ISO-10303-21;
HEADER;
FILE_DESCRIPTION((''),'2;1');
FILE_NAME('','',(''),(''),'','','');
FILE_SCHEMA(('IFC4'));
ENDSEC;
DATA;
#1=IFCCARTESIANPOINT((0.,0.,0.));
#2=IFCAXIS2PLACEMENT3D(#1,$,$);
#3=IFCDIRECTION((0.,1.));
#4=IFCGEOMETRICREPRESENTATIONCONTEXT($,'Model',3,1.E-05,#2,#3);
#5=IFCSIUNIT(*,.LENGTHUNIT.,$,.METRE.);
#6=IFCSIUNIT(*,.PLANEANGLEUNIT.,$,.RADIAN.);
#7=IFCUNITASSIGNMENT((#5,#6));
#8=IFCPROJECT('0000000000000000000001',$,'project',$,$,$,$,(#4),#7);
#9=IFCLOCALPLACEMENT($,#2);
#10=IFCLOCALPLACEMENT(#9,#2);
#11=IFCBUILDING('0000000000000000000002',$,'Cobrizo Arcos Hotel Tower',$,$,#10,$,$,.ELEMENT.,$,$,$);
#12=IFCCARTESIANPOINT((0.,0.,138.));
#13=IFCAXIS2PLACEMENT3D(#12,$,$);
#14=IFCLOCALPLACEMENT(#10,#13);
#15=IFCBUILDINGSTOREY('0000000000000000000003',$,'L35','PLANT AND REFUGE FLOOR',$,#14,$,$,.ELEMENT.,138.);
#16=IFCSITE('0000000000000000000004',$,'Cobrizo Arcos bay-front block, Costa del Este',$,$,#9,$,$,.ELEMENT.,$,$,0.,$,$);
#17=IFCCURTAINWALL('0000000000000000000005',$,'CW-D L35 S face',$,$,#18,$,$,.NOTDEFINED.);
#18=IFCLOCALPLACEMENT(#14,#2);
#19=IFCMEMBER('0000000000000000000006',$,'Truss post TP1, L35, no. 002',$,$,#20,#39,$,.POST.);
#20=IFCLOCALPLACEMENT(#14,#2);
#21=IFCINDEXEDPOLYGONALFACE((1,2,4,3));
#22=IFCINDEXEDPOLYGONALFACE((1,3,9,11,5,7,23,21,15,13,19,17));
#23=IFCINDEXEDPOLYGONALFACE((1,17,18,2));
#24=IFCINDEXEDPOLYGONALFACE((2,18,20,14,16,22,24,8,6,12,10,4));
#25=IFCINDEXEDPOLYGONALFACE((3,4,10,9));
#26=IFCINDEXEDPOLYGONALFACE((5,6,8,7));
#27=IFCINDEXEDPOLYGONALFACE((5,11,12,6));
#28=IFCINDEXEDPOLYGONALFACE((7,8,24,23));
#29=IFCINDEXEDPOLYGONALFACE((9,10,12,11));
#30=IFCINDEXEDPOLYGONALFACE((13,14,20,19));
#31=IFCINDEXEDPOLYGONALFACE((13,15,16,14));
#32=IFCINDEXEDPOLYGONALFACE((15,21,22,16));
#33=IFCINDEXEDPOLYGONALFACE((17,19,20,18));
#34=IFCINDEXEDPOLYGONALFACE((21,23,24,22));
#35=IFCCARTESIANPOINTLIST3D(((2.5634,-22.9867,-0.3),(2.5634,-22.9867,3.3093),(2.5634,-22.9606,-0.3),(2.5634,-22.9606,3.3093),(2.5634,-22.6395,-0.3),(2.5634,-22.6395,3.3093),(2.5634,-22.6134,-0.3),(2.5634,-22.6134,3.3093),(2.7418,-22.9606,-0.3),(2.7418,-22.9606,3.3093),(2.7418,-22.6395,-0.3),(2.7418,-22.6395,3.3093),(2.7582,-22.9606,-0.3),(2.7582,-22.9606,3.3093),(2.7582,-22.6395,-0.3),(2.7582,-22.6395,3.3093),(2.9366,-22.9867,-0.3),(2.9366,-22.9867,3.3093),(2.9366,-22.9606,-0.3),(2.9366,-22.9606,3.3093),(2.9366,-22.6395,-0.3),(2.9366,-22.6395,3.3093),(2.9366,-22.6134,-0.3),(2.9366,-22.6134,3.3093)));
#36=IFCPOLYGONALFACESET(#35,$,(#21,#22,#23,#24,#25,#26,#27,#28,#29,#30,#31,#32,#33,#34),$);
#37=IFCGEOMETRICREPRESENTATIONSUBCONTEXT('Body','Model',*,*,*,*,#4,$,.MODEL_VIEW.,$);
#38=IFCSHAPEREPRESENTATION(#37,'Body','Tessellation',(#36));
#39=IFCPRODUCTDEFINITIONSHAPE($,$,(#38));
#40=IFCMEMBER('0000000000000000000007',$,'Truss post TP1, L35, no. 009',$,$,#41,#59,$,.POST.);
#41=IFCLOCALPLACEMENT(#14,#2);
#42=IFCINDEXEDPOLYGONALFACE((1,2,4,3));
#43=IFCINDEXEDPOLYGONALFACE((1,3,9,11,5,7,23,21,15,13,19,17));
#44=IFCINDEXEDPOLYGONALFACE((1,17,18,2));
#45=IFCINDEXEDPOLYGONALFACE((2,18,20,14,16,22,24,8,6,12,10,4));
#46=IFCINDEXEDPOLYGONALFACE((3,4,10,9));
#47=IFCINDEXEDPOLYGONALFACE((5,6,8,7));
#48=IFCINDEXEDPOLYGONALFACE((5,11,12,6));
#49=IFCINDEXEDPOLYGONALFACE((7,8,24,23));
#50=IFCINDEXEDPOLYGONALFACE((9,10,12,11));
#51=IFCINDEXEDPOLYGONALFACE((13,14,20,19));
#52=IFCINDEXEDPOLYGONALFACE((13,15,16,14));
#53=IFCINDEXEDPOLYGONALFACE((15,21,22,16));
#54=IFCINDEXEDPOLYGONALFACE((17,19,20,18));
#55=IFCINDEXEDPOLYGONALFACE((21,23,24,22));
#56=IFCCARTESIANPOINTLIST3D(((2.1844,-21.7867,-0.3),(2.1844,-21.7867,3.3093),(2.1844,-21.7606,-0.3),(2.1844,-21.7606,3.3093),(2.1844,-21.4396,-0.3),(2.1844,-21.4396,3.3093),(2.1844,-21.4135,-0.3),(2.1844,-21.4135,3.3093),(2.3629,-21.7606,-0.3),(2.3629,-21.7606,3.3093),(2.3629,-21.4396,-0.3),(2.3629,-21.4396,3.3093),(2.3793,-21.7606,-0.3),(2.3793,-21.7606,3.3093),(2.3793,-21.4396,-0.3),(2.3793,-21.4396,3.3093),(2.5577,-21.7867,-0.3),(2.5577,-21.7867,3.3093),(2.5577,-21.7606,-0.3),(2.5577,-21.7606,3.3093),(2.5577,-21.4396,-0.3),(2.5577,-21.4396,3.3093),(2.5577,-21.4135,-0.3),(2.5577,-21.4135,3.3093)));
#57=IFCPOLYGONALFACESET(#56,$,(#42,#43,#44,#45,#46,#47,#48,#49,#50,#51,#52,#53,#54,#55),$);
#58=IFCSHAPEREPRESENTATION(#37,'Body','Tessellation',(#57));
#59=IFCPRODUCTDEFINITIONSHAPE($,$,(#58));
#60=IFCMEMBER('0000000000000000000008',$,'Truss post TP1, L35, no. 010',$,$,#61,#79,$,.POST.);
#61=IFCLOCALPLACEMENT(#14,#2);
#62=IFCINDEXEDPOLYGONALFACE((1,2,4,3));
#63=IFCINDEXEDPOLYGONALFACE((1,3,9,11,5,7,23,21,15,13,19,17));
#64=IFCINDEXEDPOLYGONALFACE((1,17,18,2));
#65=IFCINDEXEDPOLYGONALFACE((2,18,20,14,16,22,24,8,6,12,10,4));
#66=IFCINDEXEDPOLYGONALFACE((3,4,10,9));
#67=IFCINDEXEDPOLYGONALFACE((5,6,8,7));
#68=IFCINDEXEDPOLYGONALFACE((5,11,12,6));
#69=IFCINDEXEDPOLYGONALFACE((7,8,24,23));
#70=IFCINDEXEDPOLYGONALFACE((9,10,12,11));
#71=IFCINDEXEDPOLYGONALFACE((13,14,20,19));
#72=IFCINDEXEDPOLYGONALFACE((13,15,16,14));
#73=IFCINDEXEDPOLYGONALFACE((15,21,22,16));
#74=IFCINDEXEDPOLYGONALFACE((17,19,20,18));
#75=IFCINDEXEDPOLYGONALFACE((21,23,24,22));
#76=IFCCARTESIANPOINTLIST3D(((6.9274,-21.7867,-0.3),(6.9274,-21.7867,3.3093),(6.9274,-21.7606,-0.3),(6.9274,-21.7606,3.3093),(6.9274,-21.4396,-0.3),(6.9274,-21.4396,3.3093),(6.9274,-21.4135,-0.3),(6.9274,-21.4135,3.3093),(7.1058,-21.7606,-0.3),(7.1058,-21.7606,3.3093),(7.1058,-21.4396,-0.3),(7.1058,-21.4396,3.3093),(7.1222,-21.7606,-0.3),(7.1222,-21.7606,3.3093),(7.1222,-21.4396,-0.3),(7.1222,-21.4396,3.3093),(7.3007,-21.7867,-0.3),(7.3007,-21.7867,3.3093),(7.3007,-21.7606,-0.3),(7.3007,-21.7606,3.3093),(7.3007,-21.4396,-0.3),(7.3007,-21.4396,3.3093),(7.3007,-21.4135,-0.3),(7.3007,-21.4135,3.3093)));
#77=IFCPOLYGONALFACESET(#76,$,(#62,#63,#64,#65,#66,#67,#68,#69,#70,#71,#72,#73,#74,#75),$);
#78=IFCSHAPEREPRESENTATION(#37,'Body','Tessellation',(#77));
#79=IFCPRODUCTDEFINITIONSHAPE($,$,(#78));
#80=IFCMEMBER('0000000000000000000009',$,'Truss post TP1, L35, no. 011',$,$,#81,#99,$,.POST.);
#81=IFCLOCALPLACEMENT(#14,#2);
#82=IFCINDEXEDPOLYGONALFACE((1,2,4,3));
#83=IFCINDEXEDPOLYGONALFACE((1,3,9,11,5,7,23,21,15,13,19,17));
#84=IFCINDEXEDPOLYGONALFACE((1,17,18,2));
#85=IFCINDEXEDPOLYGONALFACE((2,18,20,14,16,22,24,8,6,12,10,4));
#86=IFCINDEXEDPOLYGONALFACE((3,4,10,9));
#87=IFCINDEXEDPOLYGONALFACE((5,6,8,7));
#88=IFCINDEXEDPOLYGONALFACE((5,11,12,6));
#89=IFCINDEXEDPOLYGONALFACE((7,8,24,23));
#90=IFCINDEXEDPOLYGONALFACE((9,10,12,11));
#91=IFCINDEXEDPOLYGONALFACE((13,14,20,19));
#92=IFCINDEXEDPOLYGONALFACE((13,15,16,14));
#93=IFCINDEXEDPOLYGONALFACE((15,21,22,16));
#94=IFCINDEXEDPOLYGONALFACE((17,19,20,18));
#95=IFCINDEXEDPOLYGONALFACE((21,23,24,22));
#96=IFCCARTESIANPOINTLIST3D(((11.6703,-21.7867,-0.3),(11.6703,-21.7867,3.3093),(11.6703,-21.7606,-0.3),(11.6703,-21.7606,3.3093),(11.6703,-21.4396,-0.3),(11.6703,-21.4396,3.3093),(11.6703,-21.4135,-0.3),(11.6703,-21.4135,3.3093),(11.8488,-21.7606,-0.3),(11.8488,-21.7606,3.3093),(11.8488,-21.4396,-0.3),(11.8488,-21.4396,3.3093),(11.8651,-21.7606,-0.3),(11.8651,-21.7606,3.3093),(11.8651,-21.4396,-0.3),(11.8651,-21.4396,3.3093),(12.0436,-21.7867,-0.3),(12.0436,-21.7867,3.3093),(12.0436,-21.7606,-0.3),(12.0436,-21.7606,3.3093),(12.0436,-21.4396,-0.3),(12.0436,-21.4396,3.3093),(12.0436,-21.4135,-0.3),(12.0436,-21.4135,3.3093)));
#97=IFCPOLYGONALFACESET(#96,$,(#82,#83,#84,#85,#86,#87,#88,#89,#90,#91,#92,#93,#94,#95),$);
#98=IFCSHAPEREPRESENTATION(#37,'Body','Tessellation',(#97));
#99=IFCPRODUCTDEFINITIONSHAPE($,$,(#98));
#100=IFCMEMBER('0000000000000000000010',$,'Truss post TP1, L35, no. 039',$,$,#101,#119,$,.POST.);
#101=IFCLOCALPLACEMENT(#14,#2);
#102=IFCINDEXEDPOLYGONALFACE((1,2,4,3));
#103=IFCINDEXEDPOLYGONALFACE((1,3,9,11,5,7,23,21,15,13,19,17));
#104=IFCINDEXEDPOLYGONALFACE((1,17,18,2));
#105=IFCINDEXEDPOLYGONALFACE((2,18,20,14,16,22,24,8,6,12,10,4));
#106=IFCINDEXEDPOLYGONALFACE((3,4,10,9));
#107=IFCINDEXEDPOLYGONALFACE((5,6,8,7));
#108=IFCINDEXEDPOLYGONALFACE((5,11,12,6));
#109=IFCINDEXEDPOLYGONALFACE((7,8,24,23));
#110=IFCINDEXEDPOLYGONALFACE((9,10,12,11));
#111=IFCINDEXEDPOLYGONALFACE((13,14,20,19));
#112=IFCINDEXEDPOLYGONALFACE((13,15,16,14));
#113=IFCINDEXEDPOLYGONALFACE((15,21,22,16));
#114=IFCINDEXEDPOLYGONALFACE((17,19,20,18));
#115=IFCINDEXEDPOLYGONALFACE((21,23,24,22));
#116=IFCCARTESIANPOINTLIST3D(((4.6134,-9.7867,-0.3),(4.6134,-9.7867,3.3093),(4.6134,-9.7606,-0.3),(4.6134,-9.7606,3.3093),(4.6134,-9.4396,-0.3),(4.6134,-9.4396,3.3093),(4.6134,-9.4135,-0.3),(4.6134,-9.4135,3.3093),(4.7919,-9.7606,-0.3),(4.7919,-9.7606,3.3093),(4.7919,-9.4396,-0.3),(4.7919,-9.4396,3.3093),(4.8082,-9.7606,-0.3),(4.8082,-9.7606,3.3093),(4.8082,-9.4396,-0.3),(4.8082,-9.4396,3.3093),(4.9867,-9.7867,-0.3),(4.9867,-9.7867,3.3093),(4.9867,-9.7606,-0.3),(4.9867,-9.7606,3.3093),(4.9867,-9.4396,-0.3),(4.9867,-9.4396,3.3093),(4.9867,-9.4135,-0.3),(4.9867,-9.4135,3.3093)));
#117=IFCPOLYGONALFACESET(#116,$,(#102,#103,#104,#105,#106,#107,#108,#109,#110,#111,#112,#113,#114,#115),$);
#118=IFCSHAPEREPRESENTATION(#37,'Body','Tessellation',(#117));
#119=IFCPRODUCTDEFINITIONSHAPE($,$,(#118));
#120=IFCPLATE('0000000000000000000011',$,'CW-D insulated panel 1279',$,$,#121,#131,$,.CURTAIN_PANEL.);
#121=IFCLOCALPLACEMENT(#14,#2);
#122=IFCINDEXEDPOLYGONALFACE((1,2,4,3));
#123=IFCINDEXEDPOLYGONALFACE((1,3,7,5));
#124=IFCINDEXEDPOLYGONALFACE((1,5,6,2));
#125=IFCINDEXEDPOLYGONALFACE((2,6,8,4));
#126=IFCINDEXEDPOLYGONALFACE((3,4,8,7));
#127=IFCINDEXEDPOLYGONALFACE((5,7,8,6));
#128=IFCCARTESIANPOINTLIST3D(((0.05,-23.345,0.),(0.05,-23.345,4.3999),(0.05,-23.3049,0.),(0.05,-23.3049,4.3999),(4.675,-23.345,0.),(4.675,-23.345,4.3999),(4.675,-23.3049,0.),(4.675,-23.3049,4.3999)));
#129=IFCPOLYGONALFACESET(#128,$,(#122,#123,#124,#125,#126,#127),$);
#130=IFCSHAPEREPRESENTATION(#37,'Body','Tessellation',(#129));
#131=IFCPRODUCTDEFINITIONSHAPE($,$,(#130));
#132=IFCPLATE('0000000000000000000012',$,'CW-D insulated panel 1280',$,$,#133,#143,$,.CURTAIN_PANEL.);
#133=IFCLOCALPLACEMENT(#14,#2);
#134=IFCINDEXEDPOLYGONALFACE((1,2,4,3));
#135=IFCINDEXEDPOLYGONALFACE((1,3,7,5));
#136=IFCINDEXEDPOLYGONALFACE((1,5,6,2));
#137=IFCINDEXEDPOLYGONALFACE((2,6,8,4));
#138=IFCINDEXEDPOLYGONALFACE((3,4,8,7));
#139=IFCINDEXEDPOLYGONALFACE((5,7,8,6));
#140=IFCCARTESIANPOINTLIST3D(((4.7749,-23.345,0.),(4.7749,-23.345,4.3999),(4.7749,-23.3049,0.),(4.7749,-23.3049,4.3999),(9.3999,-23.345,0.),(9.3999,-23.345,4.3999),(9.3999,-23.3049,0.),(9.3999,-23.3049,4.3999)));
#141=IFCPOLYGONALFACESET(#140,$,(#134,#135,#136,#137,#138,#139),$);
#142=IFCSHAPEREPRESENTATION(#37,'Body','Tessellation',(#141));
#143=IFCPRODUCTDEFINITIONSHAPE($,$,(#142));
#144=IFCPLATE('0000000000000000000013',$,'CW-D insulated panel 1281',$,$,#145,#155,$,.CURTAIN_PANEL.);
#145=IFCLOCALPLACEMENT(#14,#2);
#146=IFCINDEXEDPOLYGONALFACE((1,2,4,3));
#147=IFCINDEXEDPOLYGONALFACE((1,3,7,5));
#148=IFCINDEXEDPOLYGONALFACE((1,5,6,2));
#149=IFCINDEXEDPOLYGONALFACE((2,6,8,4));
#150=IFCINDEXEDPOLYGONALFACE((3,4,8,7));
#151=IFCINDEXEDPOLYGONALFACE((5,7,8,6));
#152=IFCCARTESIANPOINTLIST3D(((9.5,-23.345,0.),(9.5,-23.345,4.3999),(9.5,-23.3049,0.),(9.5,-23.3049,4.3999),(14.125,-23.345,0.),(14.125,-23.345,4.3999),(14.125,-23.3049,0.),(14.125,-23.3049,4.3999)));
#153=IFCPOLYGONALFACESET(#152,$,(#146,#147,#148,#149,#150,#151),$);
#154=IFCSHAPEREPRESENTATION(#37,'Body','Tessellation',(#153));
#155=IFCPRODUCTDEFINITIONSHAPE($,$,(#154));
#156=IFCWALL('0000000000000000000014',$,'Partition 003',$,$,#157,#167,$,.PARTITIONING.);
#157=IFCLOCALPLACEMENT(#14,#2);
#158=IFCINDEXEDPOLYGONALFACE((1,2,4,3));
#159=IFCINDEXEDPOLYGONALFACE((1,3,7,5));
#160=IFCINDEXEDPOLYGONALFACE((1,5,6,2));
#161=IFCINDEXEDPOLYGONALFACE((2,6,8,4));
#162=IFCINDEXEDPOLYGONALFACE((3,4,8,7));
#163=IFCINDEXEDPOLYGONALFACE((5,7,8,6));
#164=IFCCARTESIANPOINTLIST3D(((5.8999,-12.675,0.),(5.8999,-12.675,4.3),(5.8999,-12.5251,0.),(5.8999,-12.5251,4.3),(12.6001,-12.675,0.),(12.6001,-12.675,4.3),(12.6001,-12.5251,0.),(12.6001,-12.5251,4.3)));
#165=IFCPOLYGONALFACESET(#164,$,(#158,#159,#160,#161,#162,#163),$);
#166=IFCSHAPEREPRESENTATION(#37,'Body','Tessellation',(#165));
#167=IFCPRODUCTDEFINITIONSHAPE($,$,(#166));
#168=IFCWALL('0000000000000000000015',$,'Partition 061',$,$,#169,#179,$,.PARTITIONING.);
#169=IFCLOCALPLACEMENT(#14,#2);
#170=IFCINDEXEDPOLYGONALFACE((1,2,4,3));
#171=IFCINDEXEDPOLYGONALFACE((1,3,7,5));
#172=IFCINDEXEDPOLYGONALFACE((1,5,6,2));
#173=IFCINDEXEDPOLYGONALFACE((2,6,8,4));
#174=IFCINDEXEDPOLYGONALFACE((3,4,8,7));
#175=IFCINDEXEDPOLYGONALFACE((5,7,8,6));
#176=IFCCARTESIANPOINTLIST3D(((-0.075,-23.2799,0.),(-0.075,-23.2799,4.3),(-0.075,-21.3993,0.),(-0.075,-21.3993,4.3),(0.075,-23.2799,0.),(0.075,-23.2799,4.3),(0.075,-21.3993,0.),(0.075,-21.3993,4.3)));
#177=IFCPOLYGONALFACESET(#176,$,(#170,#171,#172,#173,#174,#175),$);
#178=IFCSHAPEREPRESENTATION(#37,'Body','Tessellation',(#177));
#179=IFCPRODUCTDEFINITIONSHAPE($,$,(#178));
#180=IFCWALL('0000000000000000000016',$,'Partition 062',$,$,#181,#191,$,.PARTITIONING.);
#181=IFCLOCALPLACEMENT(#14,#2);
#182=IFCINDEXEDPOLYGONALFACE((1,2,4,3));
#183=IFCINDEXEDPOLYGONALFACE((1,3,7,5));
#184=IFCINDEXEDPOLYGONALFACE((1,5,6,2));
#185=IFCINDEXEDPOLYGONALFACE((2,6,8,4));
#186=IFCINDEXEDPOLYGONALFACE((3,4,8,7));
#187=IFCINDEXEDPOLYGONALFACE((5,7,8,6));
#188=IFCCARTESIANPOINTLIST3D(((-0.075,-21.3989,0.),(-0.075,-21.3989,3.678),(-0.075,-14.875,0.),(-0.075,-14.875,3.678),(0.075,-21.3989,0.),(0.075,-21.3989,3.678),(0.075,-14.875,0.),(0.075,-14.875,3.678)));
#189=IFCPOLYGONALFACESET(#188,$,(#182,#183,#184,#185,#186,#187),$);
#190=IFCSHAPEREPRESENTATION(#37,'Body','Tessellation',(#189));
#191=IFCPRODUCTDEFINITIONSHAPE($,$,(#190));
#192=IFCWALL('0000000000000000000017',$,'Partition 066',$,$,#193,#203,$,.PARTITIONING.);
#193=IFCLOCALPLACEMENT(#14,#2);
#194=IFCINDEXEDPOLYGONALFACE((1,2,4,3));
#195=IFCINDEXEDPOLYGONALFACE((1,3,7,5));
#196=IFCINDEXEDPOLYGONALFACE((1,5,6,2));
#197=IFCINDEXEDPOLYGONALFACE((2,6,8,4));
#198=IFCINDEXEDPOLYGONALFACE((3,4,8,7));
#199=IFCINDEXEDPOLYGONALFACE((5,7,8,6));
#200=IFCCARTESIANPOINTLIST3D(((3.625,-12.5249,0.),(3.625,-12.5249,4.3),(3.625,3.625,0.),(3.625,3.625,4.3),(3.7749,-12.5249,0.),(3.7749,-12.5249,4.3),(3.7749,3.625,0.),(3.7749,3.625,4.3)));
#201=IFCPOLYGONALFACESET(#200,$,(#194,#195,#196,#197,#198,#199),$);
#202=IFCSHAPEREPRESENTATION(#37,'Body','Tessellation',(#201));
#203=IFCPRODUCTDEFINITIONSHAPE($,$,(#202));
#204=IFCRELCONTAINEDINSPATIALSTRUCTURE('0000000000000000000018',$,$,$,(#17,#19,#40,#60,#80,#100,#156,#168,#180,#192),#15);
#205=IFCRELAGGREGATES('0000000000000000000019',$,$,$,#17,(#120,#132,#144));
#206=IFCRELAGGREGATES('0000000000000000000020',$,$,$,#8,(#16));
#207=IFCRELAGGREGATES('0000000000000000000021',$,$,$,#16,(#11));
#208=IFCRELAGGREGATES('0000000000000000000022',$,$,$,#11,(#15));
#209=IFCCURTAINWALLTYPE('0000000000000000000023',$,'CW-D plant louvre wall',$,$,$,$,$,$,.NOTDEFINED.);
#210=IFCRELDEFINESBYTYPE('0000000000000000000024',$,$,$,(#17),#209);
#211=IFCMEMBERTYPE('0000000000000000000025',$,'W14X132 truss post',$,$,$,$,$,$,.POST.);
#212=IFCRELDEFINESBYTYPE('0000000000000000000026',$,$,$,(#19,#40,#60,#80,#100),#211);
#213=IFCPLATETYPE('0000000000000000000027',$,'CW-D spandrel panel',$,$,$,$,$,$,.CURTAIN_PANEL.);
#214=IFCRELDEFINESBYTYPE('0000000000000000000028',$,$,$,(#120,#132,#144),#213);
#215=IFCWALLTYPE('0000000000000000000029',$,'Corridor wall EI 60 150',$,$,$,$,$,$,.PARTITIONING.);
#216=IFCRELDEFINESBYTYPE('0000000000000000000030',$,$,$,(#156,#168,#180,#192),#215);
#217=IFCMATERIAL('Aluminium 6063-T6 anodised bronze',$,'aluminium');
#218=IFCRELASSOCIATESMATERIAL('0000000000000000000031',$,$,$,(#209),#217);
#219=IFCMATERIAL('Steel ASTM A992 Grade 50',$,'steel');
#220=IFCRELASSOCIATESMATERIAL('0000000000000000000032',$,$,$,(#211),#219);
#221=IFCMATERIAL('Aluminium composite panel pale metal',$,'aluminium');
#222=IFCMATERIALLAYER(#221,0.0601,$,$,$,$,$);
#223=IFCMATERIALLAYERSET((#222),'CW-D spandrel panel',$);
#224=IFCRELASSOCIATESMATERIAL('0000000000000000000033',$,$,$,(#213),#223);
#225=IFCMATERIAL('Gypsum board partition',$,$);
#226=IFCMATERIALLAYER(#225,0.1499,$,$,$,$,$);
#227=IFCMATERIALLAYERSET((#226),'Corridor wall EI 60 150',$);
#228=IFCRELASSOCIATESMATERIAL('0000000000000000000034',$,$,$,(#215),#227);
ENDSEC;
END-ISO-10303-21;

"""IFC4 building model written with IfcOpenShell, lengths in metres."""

from ifc_helpers import new_model, si_unit, direction, frame, frame_2d, origin, origin_2d, place, context, subcontext, project, spatial, rectangle, i_section, extrude, material, layer, layer_set, material_profile, profile_set, type_object, element, aggregate, save


model = new_model("IFC4")

# Units and contexts
model_context = context("Model", 3, precision=1e-05, world=origin(), true_north=direction((0.0, 1.0)))
body_context = subcontext(model_context, "Body", "Model", "MODEL_VIEW")
ifc_project = project(units=[si_unit("LENGTHUNIT", "METRE"), si_unit("PLANEANGLEUNIT", "RADIAN")], contexts=[model_context])

# Site, building, storey
site_placement = place(None, origin())
site = spatial("IfcSite", under=ifc_project, at=site_placement, Name="Cobrizo Arcos bay-front block, Costa del Este", CompositionType="ELEMENT", RefElevation=0.0)
building_placement = place(site_placement, origin())
building = spatial("IfcBuilding", under=site, at=building_placement, Name="Cobrizo Arcos Hotel Tower", CompositionType="ELEMENT")
storey_placement = place(building_placement, frame((0.0, 0.0, 138.0)))
storey = spatial("IfcBuildingStorey", under=building, at=storey_placement, Name="L35", Description="PLANT AND REFUGE FLOOR", CompositionType="ELEMENT", Elevation=138.0)

# Shared definitions
ifc_material_1 = material(Name="Steel ASTM A992 Grade 50", Category="steel")

# Curtain wall
ifc_material_2 = material(Name="Aluminium 6063-T6 anodised bronze", Category="aluminium")
curtain_wall_type = type_object("IfcCurtainWallType", Name="CW-D plant louvre wall", PredefinedType="NOTDEFINED", material=ifc_material_2)
curtain_wall_placement = place(storey_placement, origin())
curtain_wall = element("IfcCurtainWall", 1, at=curtain_wall_placement, inside=storey, type_object=curtain_wall_type, Name="CW-D L35 S face", PredefinedType="NOTDEFINED")

# Members
ifc_material_profile_1 = material_profile(ifc_material_1, i_section(OverallWidth=0.3733, OverallDepth=0.3733, WebThickness=0.0164, FlangeThickness=0.0261, at=origin_2d()), Name="W14X132")
ifc_profile_set_1 = profile_set([ifc_material_profile_1], Name="Steel ASTM A992 Grade 50")
member_type_1 = type_object("IfcMemberType", Name="W14X132 truss post", PredefinedType="POST", material=ifc_profile_set_1)
for number, where, z_axis, x_axis, name in (
    (2, (2.75, -22.8, -0.3), (0.0, 0.0, 1.0), (1.0, 0.0, 0.0), "Truss post TP1, L35, no. 002"),
    (3, (2.3711, -21.6001, -0.3), (0.0, 0.0, 1.0), (1.0, 0.0, 0.0), "Truss post TP1, L35, no. 009"),
    (4, (7.114, -21.6001, -0.3), (0.0, 0.0, 1.0), (1.0, 0.0, 0.0), "Truss post TP1, L35, no. 010"),
    (5, (11.8569, -21.6001, -0.3), (0.0, 0.0, 1.0), (1.0, 0.0, 0.0), "Truss post TP1, L35, no. 011"),
    (6, (4.8, -9.6001, -0.3), (0.0, 0.0, 1.0), (1.0, 0.0, 0.0), "Truss post TP1, L35, no. 039"),
):
    element("IfcMember", number, at=place(storey_placement, frame(where, z_axis=z_axis, x_axis=x_axis)), inside=storey, type_object=member_type_1, Name=name, PredefinedType="POST", context=body_context, shape_type="SweptSolid", body=[
        extrude(i_section(OverallWidth=0.3733, OverallDepth=0.3733, WebThickness=0.0164, FlangeThickness=0.0261, at=origin_2d()), origin(), (0.0, 0.0, 1.0), 3.6094),
    ])

# Plates
ifc_material_3 = material(Name="Aluminium composite panel pale metal", Category="aluminium")
ifc_layer_1 = layer(ifc_material_3, 0.0601)
ifc_layer_set_1 = layer_set([ifc_layer_1], Name="CW-D spandrel panel")
plate_type = type_object("IfcPlateType", Name="CW-D spandrel panel", PredefinedType="CURTAIN_PANEL", material=ifc_layer_set_1)
plate_1_placement = place(storey_placement, frame((2.3625, -23.325, 0.0), z_axis=(0.0, 0.0, 1.0), x_axis=(1.0, 0.0, 0.0)))
plate_1 = element("IfcPlate", 7, at=plate_1_placement, type_object=plate_type, Name="CW-D insulated panel 1279", PredefinedType="CURTAIN_PANEL", context=body_context, shape_type="SweptSolid", body=[
    extrude(rectangle(XDim=4.625, YDim=0.04, at=origin_2d()), origin(), (0.0, 0.0, 1.0), 4.3999),
])
plate_2_placement = place(storey_placement, frame((7.0874, -23.325, 0.0), z_axis=(0.0, 0.0, 1.0), x_axis=(1.0, 0.0, 0.0)))
plate_2 = element("IfcPlate", 8, at=plate_2_placement, type_object=plate_type, Name="CW-D insulated panel 1280", PredefinedType="CURTAIN_PANEL", context=body_context, shape_type="SweptSolid", body=[
    extrude(rectangle(XDim=4.625, YDim=0.04, at=origin_2d()), origin(), (0.0, 0.0, 1.0), 4.3999),
])
plate_3_placement = place(storey_placement, frame((11.8125, -23.325, 0.0), z_axis=(0.0, 0.0, 1.0), x_axis=(1.0, 0.0, 0.0)))
plate_3 = element("IfcPlate", 9, at=plate_3_placement, type_object=plate_type, Name="CW-D insulated panel 1281", PredefinedType="CURTAIN_PANEL", context=body_context, shape_type="SweptSolid", body=[
    extrude(rectangle(XDim=4.625, YDim=0.04, at=origin_2d()), origin(), (0.0, 0.0, 1.0), 4.3999),
])
aggregate(curtain_wall, [plate_1, plate_2, plate_3])

# Walls
ifc_material_4 = material(Name="Gypsum board partition")
ifc_layer_2 = layer(ifc_material_4, 0.1499)
ifc_layer_set_2 = layer_set([ifc_layer_2], Name="Corridor wall EI 60 150")
wall_type = type_object("IfcWallType", Name="Corridor wall EI 60 150", PredefinedType="PARTITIONING", material=ifc_layer_set_2)
wall_1_placement = place(storey_placement, frame((5.8999, -12.6001, 0.0), z_axis=(0.0, 0.0, 1.0), x_axis=(1.0, 0.0, 0.0)))
element("IfcWall", 10, at=wall_1_placement, inside=storey, type_object=wall_type, Name="Partition 003", PredefinedType="PARTITIONING", context=body_context, shape_type="SweptSolid", body=[
    extrude(rectangle(XDim=6.7002, YDim=0.1499, at=frame_2d((3.3501, 0.0))), origin(), (0.0, 0.0, 1.0), 4.3),
])
wall_2_placement = place(storey_placement, frame((0.0, -23.28, 0.0), z_axis=(0.0, 0.0, 1.0), x_axis=(0.0, 1.0, 0.0)))
element("IfcWall", 11, at=wall_2_placement, inside=storey, type_object=wall_type, Name="Partition 061", PredefinedType="PARTITIONING", context=body_context, shape_type="SweptSolid", body=[
    extrude(rectangle(XDim=1.8806, YDim=0.1499, at=frame_2d((0.9404, 0.0))), origin(), (0.0, 0.0, 1.0), 4.3),
])
wall_3_placement = place(storey_placement, frame((0.0, -21.3989, 0.0), z_axis=(0.0, 0.0, 1.0), x_axis=(0.0, 1.0, 0.0)))
element("IfcWall", 12, at=wall_3_placement, inside=storey, type_object=wall_type, Name="Partition 062", PredefinedType="PARTITIONING", context=body_context, shape_type="SweptSolid", body=[
    extrude(rectangle(XDim=6.5239, YDim=0.1499, at=frame_2d((3.262, 0.0))), origin(), (0.0, 0.0, 1.0), 3.678),
])
wall_4_placement = place(storey_placement, frame((3.7, -12.5249, 0.0), z_axis=(0.0, 0.0, 1.0), x_axis=(0.0, 1.0, 0.0)))
element("IfcWall", 13, at=wall_4_placement, inside=storey, type_object=wall_type, Name="Partition 066", PredefinedType="PARTITIONING", context=body_context, shape_type="SweptSolid", body=[
    extrude(rectangle(XDim=16.1499, YDim=0.1499, at=frame_2d((8.075, 0.0))), origin(), (0.0, 0.0, 1.0), 4.3),
])

save(model, "model.ifc")
